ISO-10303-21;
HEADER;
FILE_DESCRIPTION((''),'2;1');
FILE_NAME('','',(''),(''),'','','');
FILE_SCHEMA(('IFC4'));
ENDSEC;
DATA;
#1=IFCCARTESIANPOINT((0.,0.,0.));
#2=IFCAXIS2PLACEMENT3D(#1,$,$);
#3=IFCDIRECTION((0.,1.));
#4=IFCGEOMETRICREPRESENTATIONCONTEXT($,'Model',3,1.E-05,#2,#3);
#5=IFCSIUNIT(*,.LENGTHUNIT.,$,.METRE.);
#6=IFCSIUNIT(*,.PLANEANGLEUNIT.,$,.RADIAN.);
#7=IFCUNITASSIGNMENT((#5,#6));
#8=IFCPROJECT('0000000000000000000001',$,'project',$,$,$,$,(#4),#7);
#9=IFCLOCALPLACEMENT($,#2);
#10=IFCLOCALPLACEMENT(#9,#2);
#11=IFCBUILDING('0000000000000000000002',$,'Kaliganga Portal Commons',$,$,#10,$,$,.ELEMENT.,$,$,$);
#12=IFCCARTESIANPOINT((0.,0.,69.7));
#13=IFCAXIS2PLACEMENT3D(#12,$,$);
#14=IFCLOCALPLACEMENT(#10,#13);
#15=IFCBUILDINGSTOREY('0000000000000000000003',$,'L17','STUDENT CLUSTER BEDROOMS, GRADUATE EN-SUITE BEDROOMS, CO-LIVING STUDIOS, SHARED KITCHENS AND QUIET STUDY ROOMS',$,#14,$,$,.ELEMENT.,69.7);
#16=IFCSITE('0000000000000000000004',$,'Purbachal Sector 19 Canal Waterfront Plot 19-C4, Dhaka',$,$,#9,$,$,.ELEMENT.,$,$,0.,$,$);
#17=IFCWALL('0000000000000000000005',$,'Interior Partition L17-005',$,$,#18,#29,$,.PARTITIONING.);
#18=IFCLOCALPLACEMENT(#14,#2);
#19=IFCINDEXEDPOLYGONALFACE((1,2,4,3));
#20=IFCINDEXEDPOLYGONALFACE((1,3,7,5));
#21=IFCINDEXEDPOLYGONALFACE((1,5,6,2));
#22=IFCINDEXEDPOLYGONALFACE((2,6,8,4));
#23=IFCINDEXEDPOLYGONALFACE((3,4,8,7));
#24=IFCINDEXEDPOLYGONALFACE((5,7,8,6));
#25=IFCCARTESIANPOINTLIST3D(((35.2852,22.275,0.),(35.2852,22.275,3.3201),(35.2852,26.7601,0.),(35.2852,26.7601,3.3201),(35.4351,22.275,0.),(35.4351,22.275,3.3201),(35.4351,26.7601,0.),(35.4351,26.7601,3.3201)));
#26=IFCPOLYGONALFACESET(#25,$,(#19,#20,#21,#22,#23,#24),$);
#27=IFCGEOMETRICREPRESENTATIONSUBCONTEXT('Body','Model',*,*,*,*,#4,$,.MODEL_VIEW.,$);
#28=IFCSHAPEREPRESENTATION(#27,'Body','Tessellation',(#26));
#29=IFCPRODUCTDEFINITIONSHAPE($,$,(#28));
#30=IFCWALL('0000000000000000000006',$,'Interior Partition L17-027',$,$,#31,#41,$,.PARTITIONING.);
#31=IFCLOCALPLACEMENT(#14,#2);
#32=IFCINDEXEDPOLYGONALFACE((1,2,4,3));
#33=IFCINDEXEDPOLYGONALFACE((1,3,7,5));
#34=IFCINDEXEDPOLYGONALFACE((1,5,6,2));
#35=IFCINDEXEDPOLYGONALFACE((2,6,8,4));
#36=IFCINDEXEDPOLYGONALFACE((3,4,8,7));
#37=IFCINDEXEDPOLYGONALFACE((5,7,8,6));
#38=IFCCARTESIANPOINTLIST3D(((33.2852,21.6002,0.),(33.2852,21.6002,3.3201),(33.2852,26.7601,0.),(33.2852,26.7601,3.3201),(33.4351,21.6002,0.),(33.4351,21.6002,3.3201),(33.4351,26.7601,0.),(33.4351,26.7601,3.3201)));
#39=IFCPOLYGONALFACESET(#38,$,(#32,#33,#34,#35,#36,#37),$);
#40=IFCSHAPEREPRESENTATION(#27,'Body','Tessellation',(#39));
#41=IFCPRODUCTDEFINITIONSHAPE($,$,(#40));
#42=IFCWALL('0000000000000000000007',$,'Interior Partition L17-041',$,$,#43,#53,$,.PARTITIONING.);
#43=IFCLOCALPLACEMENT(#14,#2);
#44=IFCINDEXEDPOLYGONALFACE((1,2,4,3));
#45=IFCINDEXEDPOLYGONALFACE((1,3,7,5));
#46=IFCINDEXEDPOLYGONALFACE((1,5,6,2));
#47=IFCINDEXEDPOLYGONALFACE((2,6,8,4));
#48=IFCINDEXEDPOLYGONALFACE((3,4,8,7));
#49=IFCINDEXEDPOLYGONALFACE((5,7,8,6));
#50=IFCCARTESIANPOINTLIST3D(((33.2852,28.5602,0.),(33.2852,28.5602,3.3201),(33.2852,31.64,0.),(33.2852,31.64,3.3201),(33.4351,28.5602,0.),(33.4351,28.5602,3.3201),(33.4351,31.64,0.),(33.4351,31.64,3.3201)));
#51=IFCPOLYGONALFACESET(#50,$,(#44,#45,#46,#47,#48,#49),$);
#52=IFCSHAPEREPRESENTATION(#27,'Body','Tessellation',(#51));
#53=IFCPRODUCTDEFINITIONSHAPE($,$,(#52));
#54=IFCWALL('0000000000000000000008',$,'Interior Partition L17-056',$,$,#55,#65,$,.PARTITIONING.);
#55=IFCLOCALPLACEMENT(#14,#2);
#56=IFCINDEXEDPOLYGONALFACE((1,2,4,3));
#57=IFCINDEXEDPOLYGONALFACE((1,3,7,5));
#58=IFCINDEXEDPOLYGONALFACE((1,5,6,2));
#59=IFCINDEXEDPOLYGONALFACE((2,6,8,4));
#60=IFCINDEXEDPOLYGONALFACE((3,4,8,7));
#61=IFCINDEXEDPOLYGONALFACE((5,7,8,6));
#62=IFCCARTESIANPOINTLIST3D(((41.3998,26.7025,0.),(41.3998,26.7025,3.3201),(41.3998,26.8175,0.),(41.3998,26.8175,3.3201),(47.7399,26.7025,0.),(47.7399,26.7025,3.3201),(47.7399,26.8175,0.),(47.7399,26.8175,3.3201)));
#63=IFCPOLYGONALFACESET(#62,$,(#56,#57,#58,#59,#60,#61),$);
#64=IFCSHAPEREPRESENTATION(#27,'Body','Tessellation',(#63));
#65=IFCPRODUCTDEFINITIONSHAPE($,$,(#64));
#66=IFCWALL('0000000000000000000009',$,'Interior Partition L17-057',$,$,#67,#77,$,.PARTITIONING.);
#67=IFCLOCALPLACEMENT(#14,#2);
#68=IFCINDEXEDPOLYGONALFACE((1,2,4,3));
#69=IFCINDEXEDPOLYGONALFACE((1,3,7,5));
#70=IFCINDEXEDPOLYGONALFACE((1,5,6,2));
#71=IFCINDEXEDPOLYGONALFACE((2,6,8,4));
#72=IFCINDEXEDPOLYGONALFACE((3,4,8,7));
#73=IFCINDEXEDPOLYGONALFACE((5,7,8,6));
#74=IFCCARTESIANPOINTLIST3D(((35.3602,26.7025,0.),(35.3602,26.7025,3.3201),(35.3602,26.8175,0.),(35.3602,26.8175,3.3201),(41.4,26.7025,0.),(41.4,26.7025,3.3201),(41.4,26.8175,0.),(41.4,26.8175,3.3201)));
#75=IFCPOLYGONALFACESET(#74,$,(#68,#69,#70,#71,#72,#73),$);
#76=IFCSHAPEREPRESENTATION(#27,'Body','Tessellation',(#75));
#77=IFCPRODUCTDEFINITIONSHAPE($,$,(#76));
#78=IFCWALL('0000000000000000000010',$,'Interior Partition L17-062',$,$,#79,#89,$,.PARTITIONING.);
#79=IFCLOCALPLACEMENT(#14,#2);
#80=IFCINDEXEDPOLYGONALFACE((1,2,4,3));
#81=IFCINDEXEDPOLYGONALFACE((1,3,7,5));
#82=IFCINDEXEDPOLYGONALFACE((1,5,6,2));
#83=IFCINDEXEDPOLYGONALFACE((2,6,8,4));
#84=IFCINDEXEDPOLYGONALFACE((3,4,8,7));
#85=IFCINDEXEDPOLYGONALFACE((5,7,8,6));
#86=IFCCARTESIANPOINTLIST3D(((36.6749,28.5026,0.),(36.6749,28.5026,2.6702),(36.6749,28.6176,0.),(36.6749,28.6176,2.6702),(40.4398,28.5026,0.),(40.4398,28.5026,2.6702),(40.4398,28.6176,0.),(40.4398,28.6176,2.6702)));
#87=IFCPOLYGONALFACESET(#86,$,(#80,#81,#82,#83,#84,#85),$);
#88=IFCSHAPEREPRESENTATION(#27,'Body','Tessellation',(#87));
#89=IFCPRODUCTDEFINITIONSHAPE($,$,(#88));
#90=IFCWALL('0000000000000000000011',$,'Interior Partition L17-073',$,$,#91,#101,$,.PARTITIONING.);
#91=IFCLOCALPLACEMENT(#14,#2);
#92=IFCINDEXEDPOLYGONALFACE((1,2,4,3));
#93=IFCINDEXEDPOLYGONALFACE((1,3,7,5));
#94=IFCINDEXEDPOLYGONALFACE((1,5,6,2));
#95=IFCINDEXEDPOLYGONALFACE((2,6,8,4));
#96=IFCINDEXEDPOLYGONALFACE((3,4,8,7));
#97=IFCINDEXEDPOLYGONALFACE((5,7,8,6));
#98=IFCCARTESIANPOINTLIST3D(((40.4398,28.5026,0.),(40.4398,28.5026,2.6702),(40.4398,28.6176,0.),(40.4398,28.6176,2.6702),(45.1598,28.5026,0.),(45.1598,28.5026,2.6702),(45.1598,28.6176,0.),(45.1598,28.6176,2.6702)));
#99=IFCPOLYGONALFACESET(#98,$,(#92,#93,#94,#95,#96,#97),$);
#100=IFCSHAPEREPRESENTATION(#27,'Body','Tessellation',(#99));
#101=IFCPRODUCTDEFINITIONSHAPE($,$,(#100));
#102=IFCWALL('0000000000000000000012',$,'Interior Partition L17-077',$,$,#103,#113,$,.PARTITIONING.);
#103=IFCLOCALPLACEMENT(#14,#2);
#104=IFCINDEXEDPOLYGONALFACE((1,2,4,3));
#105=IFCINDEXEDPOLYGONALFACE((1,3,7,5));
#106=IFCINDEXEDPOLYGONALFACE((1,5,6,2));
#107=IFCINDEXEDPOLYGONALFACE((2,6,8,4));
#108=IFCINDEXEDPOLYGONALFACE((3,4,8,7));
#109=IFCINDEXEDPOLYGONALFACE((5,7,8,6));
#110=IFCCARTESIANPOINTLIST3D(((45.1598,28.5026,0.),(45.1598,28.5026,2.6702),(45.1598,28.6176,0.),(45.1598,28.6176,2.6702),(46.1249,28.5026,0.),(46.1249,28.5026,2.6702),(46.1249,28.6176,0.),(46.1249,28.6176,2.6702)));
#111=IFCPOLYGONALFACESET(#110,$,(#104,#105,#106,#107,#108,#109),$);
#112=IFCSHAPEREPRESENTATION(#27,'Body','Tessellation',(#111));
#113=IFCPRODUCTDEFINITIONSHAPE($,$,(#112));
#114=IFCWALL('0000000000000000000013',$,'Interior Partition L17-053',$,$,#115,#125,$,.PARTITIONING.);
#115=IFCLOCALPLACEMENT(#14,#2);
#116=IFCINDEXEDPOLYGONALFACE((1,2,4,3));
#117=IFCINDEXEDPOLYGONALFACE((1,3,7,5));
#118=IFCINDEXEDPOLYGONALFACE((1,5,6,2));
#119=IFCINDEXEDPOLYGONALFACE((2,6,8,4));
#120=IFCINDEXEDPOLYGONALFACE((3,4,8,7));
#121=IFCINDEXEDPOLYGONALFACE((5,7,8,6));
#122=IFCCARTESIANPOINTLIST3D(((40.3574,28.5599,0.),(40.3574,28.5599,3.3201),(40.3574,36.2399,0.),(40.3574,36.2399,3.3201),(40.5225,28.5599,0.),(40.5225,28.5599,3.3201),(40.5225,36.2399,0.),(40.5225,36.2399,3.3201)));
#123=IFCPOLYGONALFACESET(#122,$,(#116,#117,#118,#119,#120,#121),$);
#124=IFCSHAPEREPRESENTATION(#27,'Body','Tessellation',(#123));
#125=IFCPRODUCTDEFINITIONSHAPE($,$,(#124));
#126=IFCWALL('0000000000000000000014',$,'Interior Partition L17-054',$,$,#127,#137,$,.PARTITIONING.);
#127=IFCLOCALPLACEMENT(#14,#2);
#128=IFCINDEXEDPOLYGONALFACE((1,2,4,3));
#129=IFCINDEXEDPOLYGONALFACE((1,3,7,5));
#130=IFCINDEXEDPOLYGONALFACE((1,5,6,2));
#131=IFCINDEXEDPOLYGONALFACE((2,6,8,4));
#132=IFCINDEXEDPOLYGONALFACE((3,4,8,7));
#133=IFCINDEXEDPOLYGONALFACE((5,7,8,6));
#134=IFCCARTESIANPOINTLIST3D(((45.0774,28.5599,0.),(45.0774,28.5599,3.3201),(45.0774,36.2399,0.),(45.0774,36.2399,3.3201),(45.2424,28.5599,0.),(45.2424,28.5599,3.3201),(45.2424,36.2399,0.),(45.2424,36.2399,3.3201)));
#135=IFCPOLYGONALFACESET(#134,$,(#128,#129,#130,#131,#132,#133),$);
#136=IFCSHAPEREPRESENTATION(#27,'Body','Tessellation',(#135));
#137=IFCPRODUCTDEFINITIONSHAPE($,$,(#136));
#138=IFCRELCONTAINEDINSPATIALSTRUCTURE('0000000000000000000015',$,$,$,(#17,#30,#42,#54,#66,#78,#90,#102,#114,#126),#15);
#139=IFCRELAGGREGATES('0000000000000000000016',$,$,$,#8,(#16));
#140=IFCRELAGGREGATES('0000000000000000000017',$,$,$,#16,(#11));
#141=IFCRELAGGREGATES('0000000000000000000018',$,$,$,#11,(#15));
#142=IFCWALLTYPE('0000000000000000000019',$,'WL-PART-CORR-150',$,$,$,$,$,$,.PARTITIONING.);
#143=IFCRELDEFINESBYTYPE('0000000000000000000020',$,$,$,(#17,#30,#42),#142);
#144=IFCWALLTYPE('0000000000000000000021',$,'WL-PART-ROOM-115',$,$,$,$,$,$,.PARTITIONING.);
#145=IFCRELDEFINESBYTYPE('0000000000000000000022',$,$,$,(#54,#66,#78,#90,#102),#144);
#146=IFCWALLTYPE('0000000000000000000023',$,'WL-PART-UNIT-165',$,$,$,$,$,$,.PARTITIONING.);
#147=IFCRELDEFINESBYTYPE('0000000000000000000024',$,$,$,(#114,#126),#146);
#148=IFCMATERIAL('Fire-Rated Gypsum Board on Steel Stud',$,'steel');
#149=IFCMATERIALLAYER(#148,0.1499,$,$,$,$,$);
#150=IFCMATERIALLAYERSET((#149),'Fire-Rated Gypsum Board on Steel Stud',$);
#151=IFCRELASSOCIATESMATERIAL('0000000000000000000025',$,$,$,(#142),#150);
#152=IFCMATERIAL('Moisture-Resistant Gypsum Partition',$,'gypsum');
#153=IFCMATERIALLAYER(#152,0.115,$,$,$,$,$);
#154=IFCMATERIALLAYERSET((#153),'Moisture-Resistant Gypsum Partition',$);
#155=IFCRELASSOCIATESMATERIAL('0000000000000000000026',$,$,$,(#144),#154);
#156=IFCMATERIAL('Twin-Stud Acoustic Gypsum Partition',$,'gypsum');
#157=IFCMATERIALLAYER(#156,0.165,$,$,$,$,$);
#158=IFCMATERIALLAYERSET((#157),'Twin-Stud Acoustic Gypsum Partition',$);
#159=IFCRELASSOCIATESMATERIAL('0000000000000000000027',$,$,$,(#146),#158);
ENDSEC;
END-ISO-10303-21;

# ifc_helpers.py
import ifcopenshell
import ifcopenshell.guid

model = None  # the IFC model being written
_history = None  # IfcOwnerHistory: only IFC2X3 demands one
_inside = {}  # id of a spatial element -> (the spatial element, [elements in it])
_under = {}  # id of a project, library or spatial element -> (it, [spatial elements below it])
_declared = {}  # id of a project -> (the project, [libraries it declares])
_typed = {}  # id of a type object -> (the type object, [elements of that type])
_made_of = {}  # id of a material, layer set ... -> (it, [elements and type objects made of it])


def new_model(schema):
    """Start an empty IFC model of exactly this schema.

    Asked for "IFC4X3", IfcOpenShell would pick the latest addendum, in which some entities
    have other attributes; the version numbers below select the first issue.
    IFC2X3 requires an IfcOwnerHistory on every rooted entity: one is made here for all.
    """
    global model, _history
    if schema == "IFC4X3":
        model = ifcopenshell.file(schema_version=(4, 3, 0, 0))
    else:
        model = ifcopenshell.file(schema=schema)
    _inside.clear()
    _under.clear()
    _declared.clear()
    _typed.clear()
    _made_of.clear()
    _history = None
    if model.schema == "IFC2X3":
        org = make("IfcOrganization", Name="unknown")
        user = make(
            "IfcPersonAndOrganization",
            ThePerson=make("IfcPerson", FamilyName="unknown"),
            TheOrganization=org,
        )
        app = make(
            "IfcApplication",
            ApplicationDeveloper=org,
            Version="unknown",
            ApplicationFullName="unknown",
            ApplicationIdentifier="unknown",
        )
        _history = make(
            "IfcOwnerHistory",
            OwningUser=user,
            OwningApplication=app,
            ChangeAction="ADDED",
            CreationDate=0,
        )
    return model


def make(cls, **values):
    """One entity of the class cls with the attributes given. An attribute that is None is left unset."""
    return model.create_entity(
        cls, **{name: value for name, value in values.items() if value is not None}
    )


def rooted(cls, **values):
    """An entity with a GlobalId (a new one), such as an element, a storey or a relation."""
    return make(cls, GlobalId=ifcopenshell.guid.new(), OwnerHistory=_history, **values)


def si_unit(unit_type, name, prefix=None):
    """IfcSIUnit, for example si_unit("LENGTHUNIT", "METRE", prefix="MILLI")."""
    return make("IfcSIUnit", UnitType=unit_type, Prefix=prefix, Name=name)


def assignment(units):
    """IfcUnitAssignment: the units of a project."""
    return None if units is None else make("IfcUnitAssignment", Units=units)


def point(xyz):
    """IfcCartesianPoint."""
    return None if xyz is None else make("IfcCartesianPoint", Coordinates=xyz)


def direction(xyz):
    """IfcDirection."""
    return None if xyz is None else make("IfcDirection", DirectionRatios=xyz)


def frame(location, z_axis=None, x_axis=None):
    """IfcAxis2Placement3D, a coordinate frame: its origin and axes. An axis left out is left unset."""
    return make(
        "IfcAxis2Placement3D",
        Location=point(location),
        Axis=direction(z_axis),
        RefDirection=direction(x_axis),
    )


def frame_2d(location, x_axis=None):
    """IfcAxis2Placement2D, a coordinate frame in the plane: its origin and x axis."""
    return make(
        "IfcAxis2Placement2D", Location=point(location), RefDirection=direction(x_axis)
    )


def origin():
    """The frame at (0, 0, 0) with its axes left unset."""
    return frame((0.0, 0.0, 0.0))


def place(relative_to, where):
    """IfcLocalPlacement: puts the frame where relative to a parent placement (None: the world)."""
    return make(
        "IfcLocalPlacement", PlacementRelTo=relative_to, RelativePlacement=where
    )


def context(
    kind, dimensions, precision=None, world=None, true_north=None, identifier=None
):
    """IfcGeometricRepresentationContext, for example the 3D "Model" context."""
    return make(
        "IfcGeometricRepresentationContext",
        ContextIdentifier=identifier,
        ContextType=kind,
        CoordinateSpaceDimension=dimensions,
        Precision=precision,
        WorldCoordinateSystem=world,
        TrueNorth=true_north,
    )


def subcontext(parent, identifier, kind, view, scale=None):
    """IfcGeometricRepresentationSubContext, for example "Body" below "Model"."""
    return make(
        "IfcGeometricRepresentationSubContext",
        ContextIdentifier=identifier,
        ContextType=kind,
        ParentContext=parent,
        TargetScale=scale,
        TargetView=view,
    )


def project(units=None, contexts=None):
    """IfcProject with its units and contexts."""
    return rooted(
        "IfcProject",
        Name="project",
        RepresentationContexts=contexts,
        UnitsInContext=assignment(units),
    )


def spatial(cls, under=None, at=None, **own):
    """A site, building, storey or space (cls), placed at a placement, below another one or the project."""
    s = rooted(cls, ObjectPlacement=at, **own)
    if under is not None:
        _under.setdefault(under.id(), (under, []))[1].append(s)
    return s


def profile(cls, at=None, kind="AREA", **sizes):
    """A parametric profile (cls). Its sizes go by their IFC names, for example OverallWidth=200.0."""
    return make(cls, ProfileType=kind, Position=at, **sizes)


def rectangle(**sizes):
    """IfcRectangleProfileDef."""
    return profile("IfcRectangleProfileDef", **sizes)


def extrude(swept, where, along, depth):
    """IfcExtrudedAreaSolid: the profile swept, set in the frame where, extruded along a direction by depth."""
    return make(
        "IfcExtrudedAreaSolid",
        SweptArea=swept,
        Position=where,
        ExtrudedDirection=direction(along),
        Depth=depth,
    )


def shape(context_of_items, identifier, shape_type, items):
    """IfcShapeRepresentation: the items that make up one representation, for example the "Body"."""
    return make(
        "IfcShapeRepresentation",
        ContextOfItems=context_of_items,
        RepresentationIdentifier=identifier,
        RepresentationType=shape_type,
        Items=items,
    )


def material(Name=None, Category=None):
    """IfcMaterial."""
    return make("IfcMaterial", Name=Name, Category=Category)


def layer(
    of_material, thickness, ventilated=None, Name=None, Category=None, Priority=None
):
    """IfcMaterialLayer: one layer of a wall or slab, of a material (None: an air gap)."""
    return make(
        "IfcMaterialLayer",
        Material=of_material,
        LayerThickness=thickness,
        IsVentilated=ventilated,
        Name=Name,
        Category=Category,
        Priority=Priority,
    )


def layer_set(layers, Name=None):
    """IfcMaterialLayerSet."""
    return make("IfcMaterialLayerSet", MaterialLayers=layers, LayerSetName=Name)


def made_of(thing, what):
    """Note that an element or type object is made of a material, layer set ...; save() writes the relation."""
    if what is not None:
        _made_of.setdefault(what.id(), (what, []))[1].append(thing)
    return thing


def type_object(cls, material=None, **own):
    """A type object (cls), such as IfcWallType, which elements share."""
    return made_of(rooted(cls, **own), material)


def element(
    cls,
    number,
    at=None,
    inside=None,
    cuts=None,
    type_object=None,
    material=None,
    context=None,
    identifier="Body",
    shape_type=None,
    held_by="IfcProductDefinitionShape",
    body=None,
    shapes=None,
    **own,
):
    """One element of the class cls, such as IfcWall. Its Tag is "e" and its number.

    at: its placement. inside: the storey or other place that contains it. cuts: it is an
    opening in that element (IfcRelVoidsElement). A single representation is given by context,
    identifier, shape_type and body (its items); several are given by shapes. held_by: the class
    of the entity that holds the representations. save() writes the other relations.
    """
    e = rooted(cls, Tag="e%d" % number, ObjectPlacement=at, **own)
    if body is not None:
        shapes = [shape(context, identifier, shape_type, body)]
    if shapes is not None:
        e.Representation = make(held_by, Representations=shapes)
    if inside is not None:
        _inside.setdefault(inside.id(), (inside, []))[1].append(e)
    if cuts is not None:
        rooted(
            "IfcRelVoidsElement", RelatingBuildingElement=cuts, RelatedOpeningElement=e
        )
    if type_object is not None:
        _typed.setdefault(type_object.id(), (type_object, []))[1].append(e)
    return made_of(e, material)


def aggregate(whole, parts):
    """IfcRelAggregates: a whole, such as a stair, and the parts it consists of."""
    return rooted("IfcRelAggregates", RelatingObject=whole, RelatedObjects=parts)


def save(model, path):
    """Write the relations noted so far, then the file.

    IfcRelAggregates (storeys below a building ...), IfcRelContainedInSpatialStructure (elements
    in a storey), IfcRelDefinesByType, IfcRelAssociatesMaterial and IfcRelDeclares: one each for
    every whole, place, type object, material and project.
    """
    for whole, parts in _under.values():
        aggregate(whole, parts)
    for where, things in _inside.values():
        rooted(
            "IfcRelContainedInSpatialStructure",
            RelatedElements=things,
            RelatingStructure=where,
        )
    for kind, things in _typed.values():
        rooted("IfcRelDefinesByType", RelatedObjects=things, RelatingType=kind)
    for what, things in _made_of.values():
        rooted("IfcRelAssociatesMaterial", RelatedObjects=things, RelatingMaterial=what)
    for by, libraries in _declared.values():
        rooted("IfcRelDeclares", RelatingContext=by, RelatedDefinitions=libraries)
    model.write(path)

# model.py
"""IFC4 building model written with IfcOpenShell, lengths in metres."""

from ifc_helpers import new_model, si_unit, direction, frame, frame_2d, origin, place, context, subcontext, project, spatial, rectangle, extrude, material, layer, layer_set, type_object, element, save


model = new_model("IFC4")

# Units and contexts
model_context = context("Model", 3, precision=1e-05, world=origin(), true_north=direction((0.0, 1.0)))
body_context = subcontext(model_context, "Body", "Model", "MODEL_VIEW")
ifc_project = project(units=[si_unit("LENGTHUNIT", "METRE"), si_unit("PLANEANGLEUNIT", "RADIAN")], contexts=[model_context])

# Site, building, storey
site_placement = place(None, origin())
site = spatial("IfcSite", under=ifc_project, at=site_placement, Name="Purbachal Sector 19 Canal Waterfront Plot 19-C4, Dhaka", CompositionType="ELEMENT", RefElevation=0.0)
building_placement = place(site_placement, origin())
building = spatial("IfcBuilding", under=site, at=building_placement, Name="Kaliganga Portal Commons", CompositionType="ELEMENT")
storey_placement = place(building_placement, frame((0.0, 0.0, 69.7)))
storey = spatial("IfcBuildingStorey", under=building, at=storey_placement, Name="L17", Description="STUDENT CLUSTER BEDROOMS, GRADUATE EN-SUITE BEDROOMS, CO-LIVING STUDIOS, SHARED KITCHENS AND QUIET STUDY ROOMS", CompositionType="ELEMENT", Elevation=69.7)

# Walls
ifc_material_1 = material(Name="Fire-Rated Gypsum Board on Steel Stud", Category="steel")
ifc_layer_1 = layer(ifc_material_1, 0.1499)
ifc_layer_set_1 = layer_set([ifc_layer_1], Name="Fire-Rated Gypsum Board on Steel Stud")
wall_type_1 = type_object("IfcWallType", Name="WL-PART-CORR-150", PredefinedType="PARTITIONING", material=ifc_layer_set_1)
wall_1_placement = place(storey_placement, frame((35.3601, 22.2749, 0.0), z_axis=(0.0, 0.0, 1.0), x_axis=(0.0, 1.0, 0.0)))
element("IfcWall", 1, at=wall_1_placement, inside=storey, type_object=wall_type_1, Name="Interior Partition L17-005", PredefinedType="PARTITIONING", context=body_context, shape_type="SweptSolid", body=[
    extrude(rectangle(XDim=4.4851, YDim=0.1499, at=frame_2d((2.2427, 0.0))), origin(), (0.0, 0.0, 1.0), 3.3201),
])
wall_2_placement = place(storey_placement, frame((33.3601, 21.6001, 0.0), z_axis=(0.0, 0.0, 1.0), x_axis=(0.0, 1.0, 0.0)))
element("IfcWall", 2, at=wall_2_placement, inside=storey, type_object=wall_type_1, Name="Interior Partition L17-027", PredefinedType="PARTITIONING", context=body_context, shape_type="SweptSolid", body=[
    extrude(rectangle(XDim=5.1599, YDim=0.1499, at=frame_2d((2.5801, 0.0))), origin(), (0.0, 0.0, 1.0), 3.3201),
])
wall_3_placement = place(storey_placement, frame((33.3601, 28.5601, 0.0), z_axis=(0.0, 0.0, 1.0), x_axis=(0.0, 1.0, 0.0)))
element("IfcWall", 3, at=wall_3_placement, inside=storey, type_object=wall_type_1, Name="Interior Partition L17-041", PredefinedType="PARTITIONING", context=body_context, shape_type="SweptSolid", body=[
    extrude(rectangle(XDim=3.0798, YDim=0.1499, at=frame_2d((1.54, 0.0))), origin(), (0.0, 0.0, 1.0), 3.3201),
])
ifc_material_2 = material(Name="Moisture-Resistant Gypsum Partition", Category="gypsum")
ifc_layer_2 = layer(ifc_material_2, 0.115)
ifc_layer_set_2 = layer_set([ifc_layer_2], Name="Moisture-Resistant Gypsum Partition")
wall_type_2 = type_object("IfcWallType", Name="WL-PART-ROOM-115", PredefinedType="PARTITIONING", material=ifc_layer_set_2)
wall_4_placement = place(storey_placement, frame((41.3999, 26.76, 0.0), z_axis=(0.0, 0.0, 1.0), x_axis=(1.0, 0.0, 0.0)))
element("IfcWall", 4, at=wall_4_placement, inside=storey, type_object=wall_type_2, Name="Interior Partition L17-056", PredefinedType="PARTITIONING", context=body_context, shape_type="SweptSolid", body=[
    extrude(rectangle(XDim=6.3401, YDim=0.115, at=frame_2d((3.1699, 0.0))), origin(), (0.0, 0.0, 1.0), 3.3201),
])
wall_5_placement = place(storey_placement, frame((35.3601, 26.76, 0.0), z_axis=(0.0, 0.0, 1.0), x_axis=(1.0, 0.0, 0.0)))
element("IfcWall", 5, at=wall_5_placement, inside=storey, type_object=wall_type_2, Name="Interior Partition L17-057", PredefinedType="PARTITIONING", context=body_context, shape_type="SweptSolid", body=[
    extrude(rectangle(XDim=6.0398, YDim=0.115, at=frame_2d((3.02, 0.0))), origin(), (0.0, 0.0, 1.0), 3.3201),
])
wall_6_placement = place(storey_placement, frame((36.675, 28.5601, 0.0), z_axis=(0.0, 0.0, 1.0), x_axis=(1.0, 0.0, 0.0)))
element("IfcWall", 6, at=wall_6_placement, inside=storey, type_object=wall_type_2, Name="Interior Partition L17-062", PredefinedType="PARTITIONING", context=body_context, shape_type="SweptSolid", body=[
    extrude(rectangle(XDim=3.7649, YDim=0.115, at=frame_2d((1.8823, 0.0))), origin(), (0.0, 0.0, 1.0), 2.6702),
])
wall_7_placement = place(storey_placement, frame((40.4399, 28.5601, 0.0), z_axis=(0.0, 0.0, 1.0), x_axis=(1.0, 0.0, 0.0)))
element("IfcWall", 7, at=wall_7_placement, inside=storey, type_object=wall_type_2, Name="Interior Partition L17-073", PredefinedType="PARTITIONING", context=body_context, shape_type="SweptSolid", body=[
    extrude(rectangle(XDim=4.72, YDim=0.115, at=frame_2d((2.3599, 0.0))), origin(), (0.0, 0.0, 1.0), 2.6702),
])
wall_8_placement = place(storey_placement, frame((45.1599, 28.5601, 0.0), z_axis=(0.0, 0.0, 1.0), x_axis=(1.0, 0.0, 0.0)))
element("IfcWall", 8, at=wall_8_placement, inside=storey, type_object=wall_type_2, Name="Interior Partition L17-077", PredefinedType="PARTITIONING", context=body_context, shape_type="SweptSolid", body=[
    extrude(rectangle(XDim=0.9651, YDim=0.115, at=frame_2d((0.4824, 0.0))), origin(), (0.0, 0.0, 1.0), 2.6702),
])
ifc_material_3 = material(Name="Twin-Stud Acoustic Gypsum Partition", Category="gypsum")
ifc_layer_3 = layer(ifc_material_3, 0.165)
ifc_layer_set_3 = layer_set([ifc_layer_3], Name="Twin-Stud Acoustic Gypsum Partition")
wall_type_3 = type_object("IfcWallType", Name="WL-PART-UNIT-165", PredefinedType="PARTITIONING", material=ifc_layer_set_3)
for number, where, z_axis, x_axis, name in (
    (9, (40.4399, 28.5601, 0.0), (0.0, 0.0, 1.0), (0.0, 1.0, 0.0), "Interior Partition L17-053"),
    (10, (45.1599, 28.5601, 0.0), (0.0, 0.0, 1.0), (0.0, 1.0, 0.0), "Interior Partition L17-054"),
):
    element("IfcWall", number, at=place(storey_placement, frame(where, z_axis=z_axis, x_axis=x_axis)), inside=storey, type_object=wall_type_3, Name=name, PredefinedType="PARTITIONING", context=body_context, shape_type="SweptSolid", body=[
        extrude(rectangle(XDim=7.6799, YDim=0.165, at=frame_2d((3.8398, 0.0))), origin(), (0.0, 0.0, 1.0), 3.3201),
    ])

save(model, "model.ifc")
